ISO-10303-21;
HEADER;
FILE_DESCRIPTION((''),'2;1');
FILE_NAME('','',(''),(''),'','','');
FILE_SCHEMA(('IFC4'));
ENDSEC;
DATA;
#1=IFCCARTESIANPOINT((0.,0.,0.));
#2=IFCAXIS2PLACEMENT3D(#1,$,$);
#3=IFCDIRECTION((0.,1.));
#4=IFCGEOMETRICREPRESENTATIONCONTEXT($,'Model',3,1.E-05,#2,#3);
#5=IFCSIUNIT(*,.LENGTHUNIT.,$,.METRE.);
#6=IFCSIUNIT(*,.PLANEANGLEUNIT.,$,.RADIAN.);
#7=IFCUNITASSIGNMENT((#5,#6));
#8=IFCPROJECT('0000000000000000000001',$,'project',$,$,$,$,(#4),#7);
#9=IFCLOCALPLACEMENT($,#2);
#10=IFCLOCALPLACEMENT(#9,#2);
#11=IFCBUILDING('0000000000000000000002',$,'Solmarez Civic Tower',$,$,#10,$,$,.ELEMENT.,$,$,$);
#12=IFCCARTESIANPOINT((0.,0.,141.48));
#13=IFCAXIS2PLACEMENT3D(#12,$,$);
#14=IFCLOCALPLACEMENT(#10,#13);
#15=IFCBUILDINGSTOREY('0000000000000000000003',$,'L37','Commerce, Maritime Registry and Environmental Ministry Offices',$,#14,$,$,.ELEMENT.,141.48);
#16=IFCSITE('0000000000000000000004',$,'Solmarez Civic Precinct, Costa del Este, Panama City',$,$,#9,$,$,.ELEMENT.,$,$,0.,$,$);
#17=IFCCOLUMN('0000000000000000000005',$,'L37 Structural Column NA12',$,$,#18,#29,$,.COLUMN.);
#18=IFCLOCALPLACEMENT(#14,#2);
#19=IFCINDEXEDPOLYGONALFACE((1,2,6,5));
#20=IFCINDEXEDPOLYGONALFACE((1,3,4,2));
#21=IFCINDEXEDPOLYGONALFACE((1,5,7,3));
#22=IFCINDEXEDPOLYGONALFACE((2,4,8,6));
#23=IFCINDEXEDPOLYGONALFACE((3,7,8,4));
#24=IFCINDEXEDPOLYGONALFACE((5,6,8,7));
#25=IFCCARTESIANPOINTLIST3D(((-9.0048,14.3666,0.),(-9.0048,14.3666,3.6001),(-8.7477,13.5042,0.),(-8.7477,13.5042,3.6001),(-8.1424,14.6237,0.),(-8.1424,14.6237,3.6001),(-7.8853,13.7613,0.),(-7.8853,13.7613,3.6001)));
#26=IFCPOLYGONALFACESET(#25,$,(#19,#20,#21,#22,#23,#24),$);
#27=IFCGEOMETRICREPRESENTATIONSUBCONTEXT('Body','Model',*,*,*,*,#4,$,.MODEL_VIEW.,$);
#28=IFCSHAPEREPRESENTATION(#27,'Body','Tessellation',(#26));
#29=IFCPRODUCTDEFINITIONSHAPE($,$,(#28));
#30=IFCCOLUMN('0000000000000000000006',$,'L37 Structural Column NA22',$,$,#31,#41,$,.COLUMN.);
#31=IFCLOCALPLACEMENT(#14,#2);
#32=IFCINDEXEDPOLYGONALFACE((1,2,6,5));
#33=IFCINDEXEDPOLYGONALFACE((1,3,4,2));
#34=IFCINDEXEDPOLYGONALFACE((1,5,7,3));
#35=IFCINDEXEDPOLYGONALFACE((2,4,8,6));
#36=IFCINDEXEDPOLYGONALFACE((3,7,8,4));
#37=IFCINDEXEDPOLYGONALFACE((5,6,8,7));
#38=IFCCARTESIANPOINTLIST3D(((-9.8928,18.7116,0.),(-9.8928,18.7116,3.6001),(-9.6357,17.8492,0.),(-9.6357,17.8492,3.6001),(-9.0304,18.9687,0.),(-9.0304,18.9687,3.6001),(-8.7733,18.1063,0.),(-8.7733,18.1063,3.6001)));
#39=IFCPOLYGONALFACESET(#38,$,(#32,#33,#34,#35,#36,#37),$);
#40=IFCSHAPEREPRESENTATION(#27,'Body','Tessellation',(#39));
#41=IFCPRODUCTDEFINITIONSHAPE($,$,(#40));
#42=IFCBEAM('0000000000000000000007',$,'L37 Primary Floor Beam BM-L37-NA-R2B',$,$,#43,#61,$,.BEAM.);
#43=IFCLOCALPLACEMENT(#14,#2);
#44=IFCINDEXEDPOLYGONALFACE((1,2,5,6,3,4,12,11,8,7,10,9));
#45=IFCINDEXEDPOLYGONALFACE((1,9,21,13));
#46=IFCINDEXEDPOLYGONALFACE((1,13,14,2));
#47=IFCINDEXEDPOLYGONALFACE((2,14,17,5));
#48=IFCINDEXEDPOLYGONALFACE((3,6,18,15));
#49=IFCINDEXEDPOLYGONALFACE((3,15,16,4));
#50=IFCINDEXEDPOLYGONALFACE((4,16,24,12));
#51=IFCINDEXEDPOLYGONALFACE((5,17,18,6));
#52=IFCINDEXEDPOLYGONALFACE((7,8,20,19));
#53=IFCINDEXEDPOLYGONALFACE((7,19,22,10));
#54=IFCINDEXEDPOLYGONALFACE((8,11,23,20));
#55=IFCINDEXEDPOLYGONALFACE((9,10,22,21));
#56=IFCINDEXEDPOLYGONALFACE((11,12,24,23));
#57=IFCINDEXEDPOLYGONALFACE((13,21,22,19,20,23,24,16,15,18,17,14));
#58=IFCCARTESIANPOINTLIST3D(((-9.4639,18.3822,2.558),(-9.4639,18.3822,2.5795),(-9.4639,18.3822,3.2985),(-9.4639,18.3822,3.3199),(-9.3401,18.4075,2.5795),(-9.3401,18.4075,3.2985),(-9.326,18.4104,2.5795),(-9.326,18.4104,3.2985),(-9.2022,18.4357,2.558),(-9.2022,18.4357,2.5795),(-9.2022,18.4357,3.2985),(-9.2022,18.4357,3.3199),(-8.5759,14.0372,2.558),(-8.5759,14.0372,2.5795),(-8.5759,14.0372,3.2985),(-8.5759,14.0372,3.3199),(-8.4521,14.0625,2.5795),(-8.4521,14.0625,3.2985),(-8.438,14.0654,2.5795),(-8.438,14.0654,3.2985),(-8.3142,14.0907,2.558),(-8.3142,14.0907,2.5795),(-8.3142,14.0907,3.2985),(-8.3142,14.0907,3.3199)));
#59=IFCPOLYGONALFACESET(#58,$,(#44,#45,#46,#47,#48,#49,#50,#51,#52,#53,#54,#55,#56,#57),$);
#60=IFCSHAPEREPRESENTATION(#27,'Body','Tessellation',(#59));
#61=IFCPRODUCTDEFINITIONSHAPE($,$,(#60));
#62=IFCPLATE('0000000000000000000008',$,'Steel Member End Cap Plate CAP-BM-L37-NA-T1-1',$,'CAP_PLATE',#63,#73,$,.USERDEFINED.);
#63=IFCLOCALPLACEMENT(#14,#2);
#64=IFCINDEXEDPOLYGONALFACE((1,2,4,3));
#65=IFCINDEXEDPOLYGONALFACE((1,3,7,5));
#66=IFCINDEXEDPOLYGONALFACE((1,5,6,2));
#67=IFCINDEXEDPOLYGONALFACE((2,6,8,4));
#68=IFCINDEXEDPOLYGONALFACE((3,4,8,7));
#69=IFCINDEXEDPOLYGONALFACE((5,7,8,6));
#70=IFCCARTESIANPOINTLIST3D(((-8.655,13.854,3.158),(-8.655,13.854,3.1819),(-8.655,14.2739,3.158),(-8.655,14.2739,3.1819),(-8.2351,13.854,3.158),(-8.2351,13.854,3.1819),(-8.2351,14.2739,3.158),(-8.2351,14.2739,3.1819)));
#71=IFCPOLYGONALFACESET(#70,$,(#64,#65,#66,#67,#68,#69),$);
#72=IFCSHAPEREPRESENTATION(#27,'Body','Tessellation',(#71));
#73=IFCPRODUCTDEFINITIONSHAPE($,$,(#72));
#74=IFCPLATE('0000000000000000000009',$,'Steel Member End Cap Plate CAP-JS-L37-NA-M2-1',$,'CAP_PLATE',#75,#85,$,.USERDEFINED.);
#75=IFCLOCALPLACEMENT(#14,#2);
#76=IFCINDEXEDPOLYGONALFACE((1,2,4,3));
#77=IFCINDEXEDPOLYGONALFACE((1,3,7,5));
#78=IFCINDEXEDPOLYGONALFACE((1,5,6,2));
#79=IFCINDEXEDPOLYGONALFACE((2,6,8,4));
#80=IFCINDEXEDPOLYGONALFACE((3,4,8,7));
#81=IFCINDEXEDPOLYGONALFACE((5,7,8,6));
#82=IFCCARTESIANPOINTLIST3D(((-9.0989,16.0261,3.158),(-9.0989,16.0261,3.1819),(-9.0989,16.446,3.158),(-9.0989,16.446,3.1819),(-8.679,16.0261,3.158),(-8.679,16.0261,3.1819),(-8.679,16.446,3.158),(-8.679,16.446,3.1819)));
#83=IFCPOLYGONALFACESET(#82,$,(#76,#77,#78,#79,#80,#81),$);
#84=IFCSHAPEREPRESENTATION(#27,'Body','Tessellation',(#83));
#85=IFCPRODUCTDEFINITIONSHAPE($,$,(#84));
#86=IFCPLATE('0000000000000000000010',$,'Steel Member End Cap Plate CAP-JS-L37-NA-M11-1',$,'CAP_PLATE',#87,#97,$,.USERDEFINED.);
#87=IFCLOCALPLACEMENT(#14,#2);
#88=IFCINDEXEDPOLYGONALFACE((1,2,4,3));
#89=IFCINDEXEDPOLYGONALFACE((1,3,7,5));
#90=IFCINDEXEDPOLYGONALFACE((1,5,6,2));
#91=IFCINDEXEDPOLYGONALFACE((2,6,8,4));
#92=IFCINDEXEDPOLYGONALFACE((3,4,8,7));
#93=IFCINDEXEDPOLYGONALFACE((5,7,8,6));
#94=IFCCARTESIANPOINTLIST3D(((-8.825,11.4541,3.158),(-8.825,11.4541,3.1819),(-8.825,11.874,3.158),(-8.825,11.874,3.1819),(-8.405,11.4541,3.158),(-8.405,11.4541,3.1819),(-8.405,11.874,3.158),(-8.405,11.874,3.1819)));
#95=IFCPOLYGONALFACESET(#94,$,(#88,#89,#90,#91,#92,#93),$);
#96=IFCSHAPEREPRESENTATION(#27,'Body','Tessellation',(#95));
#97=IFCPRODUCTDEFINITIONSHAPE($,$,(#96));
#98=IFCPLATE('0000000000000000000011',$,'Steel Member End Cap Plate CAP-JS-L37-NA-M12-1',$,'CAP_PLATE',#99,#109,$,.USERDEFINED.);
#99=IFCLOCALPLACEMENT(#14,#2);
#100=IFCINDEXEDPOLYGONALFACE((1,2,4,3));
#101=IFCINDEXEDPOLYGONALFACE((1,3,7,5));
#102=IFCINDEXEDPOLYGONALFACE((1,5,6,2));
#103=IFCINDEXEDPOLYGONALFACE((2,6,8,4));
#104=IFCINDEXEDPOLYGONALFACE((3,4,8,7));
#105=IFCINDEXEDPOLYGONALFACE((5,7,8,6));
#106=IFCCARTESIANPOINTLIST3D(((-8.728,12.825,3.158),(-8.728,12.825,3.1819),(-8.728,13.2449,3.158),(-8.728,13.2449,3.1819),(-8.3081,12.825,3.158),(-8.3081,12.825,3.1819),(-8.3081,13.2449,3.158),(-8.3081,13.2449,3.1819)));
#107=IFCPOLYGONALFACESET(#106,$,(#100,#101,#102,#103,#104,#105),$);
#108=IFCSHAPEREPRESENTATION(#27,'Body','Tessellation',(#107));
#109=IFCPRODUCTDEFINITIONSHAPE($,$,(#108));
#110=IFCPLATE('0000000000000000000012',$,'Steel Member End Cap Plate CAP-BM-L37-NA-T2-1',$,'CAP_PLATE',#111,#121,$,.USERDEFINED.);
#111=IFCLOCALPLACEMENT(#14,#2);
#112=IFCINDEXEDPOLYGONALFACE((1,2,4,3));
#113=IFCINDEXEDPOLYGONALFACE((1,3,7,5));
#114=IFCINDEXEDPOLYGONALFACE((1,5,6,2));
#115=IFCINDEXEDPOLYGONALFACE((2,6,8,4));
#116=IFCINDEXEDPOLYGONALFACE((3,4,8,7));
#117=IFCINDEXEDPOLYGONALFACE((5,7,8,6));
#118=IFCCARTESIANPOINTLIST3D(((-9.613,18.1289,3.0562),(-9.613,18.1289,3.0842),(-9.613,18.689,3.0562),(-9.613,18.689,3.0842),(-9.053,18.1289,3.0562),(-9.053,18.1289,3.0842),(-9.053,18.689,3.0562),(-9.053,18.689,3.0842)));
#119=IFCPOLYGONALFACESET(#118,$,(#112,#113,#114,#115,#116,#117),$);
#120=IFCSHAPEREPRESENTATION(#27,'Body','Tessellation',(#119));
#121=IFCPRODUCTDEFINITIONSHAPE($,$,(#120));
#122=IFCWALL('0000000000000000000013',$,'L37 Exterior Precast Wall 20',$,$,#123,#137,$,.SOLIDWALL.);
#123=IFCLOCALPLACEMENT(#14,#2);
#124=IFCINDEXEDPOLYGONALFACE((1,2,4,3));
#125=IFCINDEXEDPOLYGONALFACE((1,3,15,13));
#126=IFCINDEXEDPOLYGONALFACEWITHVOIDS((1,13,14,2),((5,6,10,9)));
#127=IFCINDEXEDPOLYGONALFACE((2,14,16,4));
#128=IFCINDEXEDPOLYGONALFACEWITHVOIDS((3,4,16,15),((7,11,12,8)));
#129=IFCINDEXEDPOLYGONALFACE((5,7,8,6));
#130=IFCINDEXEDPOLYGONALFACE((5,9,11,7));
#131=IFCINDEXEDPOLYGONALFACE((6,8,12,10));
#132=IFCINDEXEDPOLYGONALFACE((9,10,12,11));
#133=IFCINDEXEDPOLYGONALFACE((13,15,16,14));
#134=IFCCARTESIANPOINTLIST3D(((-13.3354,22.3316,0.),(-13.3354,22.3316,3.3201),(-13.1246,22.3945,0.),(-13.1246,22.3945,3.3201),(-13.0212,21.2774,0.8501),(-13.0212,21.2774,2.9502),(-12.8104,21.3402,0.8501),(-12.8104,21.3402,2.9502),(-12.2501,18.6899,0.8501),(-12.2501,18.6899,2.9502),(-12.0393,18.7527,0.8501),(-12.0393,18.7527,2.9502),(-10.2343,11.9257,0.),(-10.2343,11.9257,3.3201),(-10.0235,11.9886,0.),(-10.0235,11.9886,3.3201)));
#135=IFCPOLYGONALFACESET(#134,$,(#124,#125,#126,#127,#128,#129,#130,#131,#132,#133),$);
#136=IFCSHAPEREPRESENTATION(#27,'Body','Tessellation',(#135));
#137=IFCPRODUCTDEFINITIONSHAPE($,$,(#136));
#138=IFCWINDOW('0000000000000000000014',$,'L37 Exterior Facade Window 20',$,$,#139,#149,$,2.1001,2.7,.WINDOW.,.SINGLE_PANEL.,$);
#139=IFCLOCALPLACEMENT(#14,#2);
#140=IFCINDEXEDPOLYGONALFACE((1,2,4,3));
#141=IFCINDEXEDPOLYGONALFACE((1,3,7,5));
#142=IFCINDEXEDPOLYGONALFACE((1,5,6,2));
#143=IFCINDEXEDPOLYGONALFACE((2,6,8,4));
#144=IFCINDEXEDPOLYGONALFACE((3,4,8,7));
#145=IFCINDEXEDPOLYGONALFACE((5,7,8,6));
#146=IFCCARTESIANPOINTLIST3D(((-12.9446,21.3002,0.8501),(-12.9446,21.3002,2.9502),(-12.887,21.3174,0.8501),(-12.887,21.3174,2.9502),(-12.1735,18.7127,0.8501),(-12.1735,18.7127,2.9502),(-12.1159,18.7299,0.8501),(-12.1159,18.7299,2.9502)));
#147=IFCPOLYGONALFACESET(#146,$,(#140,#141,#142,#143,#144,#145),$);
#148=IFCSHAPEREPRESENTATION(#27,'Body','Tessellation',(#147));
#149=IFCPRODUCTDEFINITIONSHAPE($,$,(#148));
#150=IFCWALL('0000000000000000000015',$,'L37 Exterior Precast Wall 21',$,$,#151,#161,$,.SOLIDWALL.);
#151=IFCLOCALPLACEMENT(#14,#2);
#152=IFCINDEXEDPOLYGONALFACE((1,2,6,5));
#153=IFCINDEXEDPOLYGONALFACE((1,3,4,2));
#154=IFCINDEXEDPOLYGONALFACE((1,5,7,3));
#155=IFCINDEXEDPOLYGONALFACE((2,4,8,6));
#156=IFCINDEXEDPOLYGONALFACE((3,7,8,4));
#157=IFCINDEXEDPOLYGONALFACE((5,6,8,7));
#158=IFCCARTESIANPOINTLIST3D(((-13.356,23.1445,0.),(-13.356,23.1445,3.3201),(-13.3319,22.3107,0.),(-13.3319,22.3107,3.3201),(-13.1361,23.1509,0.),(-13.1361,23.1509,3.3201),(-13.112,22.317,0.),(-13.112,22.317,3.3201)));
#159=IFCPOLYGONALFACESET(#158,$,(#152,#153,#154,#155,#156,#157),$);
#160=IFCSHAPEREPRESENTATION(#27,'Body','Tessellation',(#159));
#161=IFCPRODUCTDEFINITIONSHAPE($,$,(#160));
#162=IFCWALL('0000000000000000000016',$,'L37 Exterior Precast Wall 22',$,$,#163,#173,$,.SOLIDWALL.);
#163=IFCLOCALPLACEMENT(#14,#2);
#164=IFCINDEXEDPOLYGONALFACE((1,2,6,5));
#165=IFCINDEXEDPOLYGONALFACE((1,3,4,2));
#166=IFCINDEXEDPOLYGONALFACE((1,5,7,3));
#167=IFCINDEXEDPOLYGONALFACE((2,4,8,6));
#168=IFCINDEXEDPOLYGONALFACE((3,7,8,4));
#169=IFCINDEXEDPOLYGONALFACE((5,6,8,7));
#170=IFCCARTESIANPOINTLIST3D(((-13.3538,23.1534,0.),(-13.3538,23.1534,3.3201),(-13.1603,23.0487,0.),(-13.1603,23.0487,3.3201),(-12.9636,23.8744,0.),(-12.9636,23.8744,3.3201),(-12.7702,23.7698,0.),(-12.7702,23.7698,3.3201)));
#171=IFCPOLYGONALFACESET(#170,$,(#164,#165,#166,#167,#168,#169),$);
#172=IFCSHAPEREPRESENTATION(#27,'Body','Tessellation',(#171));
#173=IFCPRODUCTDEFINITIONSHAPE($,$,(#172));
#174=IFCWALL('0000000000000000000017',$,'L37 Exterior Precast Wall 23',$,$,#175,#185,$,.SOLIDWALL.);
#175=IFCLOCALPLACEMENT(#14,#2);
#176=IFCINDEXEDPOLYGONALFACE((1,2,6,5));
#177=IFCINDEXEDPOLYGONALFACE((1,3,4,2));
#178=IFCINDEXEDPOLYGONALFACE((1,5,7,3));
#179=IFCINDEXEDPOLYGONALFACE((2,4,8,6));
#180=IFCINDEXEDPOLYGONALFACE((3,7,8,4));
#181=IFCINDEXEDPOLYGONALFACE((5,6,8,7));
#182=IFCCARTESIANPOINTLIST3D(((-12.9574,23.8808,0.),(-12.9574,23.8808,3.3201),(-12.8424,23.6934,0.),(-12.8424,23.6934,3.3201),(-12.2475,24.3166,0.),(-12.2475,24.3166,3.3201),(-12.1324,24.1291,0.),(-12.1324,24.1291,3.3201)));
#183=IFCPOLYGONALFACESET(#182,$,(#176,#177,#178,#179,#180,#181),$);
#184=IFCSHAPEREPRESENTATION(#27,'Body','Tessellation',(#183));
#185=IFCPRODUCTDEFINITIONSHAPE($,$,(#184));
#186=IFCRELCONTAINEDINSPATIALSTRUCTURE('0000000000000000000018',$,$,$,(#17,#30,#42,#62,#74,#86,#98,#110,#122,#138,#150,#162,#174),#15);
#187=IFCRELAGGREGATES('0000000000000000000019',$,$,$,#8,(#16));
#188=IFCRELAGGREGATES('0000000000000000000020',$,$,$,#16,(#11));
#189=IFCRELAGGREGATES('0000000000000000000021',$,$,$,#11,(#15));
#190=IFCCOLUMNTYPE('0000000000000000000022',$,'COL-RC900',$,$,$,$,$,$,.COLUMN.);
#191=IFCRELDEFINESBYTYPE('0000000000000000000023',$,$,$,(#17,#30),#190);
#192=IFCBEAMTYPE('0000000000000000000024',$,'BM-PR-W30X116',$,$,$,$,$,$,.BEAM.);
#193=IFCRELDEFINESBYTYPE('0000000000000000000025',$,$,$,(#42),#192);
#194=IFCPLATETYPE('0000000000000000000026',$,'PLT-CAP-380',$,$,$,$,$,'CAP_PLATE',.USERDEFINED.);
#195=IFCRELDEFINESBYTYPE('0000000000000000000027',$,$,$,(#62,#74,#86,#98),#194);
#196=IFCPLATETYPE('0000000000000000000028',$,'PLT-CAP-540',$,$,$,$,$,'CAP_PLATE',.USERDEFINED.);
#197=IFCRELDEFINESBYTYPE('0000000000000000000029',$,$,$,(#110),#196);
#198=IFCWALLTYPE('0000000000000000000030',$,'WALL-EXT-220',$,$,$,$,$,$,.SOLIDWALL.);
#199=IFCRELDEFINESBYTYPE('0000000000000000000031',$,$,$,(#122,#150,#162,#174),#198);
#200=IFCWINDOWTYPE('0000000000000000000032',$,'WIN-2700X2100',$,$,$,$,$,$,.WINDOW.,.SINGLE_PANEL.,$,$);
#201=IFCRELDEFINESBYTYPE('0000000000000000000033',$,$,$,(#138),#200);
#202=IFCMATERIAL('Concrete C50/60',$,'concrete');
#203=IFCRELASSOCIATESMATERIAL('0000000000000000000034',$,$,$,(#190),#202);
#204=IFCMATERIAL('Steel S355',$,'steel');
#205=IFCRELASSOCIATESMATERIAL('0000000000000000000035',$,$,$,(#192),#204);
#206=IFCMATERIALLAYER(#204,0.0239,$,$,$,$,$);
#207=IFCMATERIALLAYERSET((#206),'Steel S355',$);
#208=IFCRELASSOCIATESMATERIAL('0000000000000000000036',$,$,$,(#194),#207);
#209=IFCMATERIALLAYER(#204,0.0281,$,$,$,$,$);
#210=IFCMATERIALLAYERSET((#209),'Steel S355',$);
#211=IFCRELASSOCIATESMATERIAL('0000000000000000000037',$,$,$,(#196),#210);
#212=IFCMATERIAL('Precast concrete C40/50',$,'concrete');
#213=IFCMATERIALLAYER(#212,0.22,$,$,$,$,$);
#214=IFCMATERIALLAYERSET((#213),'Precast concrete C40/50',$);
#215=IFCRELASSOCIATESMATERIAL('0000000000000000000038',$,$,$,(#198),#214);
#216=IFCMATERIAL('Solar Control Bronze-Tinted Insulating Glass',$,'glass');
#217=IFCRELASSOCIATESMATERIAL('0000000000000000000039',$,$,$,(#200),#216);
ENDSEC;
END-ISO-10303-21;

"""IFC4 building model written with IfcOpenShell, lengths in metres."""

from ifc_helpers import new_model, si_unit, direction, frame, frame_2d, origin, origin_2d, place, context, subcontext, project, spatial, rectangle, i_section, extrude, material, layer, layer_set, material_profile, profile_set, type_object, element, fill, save


model = new_model("IFC4")

# Units and contexts
model_context = context("Model", 3, precision=1e-05, world=origin(), true_north=direction((0.0, 1.0)))
body_context = subcontext(model_context, "Body", "Model", "MODEL_VIEW")
ifc_project = project(units=[si_unit("LENGTHUNIT", "METRE"), si_unit("PLANEANGLEUNIT", "RADIAN")], contexts=[model_context])

# Site, building, storey
site_placement = place(None, origin())
site = spatial("IfcSite", under=ifc_project, at=site_placement, Name="Solmarez Civic Precinct, Costa del Este, Panama City", CompositionType="ELEMENT", RefElevation=0.0)
building_placement = place(site_placement, origin())
building = spatial("IfcBuilding", under=site, at=building_placement, Name="Solmarez Civic Tower", CompositionType="ELEMENT")
storey_placement = place(building_placement, frame((0.0, 0.0, 141.48)))
storey = spatial("IfcBuildingStorey", under=building, at=storey_placement, Name="L37", Description="Commerce, Maritime Registry and Environmental Ministry Offices", CompositionType="ELEMENT", Elevation=141.48)

# Columns
ifc_material_1 = material(Name="Concrete C50/60", Category="concrete")
ifc_material_profile_1 = material_profile(ifc_material_1, rectangle(XDim=0.8999, YDim=0.8999, at=origin_2d()), Name="RC900X900")
ifc_profile_set_1 = profile_set([ifc_material_profile_1], Name="Concrete C50/60")
column_type = type_object("IfcColumnType", Name="COL-RC900", PredefinedType="COLUMN", material=ifc_profile_set_1)
for number, where, z_axis, x_axis, name in (
    (1, (-8.4451, 14.064, 0.0), (0.0, 0.0, 1.0), (0.958323, 0.285688, 0.0), "L37 Structural Column NA12"),
    (2, (-9.333, 18.4089, 0.0), (0.0, 0.0, 1.0), (0.958323, 0.285688, 0.0), "L37 Structural Column NA22"),
):
    element("IfcColumn", number, at=place(storey_placement, frame(where, z_axis=z_axis, x_axis=x_axis)), inside=storey, type_object=column_type, Name=name, PredefinedType="COLUMN", context=body_context, shape_type="SweptSolid", body=[
        extrude(rectangle(XDim=0.8999, YDim=0.8999, at=origin_2d()), origin(), (0.0, 0.0, 1.0), 3.6001),
    ])

# Beam
ifc_material_2 = material(Name="Steel S355", Category="steel")
ifc_material_profile_2 = material_profile(ifc_material_2, i_section(OverallWidth=0.2671, OverallDepth=0.762, WebThickness=0.0144, FlangeThickness=0.0215, at=origin_2d()), Name="W30X116")
ifc_profile_set_2 = profile_set([ifc_material_profile_2], Name="Steel S355")
beam_type = type_object("IfcBeamType", Name="BM-PR-W30X116", PredefinedType="BEAM", material=ifc_profile_set_2)
beam_placement = place(storey_placement, frame((-8.4451, 14.064, 2.939), z_axis=(-0.200222, 0.979751, 0.0), x_axis=(-0.979751, -0.200222, 0.0)))
element("IfcBeam", 3, at=beam_placement, inside=storey, type_object=beam_type, Name="L37 Primary Floor Beam BM-L37-NA-R2B", PredefinedType="BEAM", context=body_context, shape_type="SweptSolid", body=[
    extrude(i_section(OverallWidth=0.2671, OverallDepth=0.762, WebThickness=0.0144, FlangeThickness=0.0215, at=origin_2d()), origin(), (0.0, 0.0, 1.0), 4.4348),
])

# Plates
ifc_layer_1 = layer(ifc_material_2, 0.0239)
ifc_layer_set_1 = layer_set([ifc_layer_1], Name="Steel S355")
plate_type_1 = type_object("IfcPlateType", Name="PLT-CAP-380", ElementType="CAP_PLATE", PredefinedType="USERDEFINED", material=ifc_layer_set_1)
for number, where, z_axis, x_axis, name in (
    (4, (-8.4451, 14.064, 3.158), (0.0, 0.0, 1.0), (1.0, 0.0, 0.0), "Steel Member End Cap Plate CAP-BM-L37-NA-T1-1"),
    (5, (-8.8889, 16.2361, 3.158), (0.0, 0.0, 1.0), (1.0, 0.0, 0.0), "Steel Member End Cap Plate CAP-JS-L37-NA-M2-1"),
    (6, (-8.615, 11.6641, 3.158), (0.0, 0.0, 1.0), (1.0, 0.0, 0.0), "Steel Member End Cap Plate CAP-JS-L37-NA-M11-1"),
    (7, (-8.5181, 13.0349, 3.158), (0.0, 0.0, 1.0), (1.0, 0.0, 0.0), "Steel Member End Cap Plate CAP-JS-L37-NA-M12-1"),
):
    element("IfcPlate", number, at=place(storey_placement, frame(where, z_axis=z_axis, x_axis=x_axis)), inside=storey, type_object=plate_type_1, Name=name, ObjectType="CAP_PLATE", PredefinedType="USERDEFINED", context=body_context, shape_type="SweptSolid", body=[
        extrude(rectangle(XDim=0.4199, YDim=0.4199, at=origin_2d()), origin(), (0.0, 0.0, 1.0), 0.0239),
    ])
ifc_layer_2 = layer(ifc_material_2, 0.0281)
ifc_layer_set_2 = layer_set([ifc_layer_2], Name="Steel S355")
plate_type_2 = type_object("IfcPlateType", Name="PLT-CAP-540", ElementType="CAP_PLATE", PredefinedType="USERDEFINED", material=ifc_layer_set_2)
plate_placement = place(storey_placement, frame((-9.333, 18.4089, 3.0562), z_axis=(0.0, 0.0, 1.0), x_axis=(1.0, 0.0, 0.0)))
element("IfcPlate", 8, at=plate_placement, inside=storey, type_object=plate_type_2, Name="Steel Member End Cap Plate CAP-BM-L37-NA-T2-1", ObjectType="CAP_PLATE", PredefinedType="USERDEFINED", context=body_context, shape_type="SweptSolid", body=[
    extrude(rectangle(XDim=0.5601, YDim=0.5601, at=origin_2d()), origin(), (0.0, 0.0, 1.0), 0.0281),
])

# Wall, opening, window
ifc_material_3 = material(Name="Precast concrete C40/50", Category="concrete")
ifc_layer_3 = layer(ifc_material_3, 0.22)
ifc_layer_set_3 = layer_set([ifc_layer_3], Name="Precast concrete C40/50")
wall_type_1 = type_object("IfcWallType", Name="WALL-EXT-220", PredefinedType="SOLIDWALL", material=ifc_layer_set_3)
wall_1_placement = place(storey_placement, frame((-10.1289, 11.957, 0.0), z_axis=(0.0, 0.0, 1.0), x_axis=(-0.285596, 0.95835, 0.0)))
wall_1 = element("IfcWall", 9, at=wall_1_placement, inside=storey, type_object=wall_type_1, Name="L37 Exterior Precast Wall 20", PredefinedType="SOLIDWALL", context=body_context, shape_type="SweptSolid", body=[
    extrude(rectangle(XDim=10.8582, YDim=0.22, at=frame_2d((5.4292, 0.0))), origin(), (0.0, 0.0, 1.0), 3.3201),
])
opening_1_placement = place(wall_1_placement, frame((7.0581, 0.0, 0.8501)))
opening_1 = element("IfcOpeningElement", 10, at=opening_1_placement, cuts=wall_1, PredefinedType="OPENING", context=body_context, shape_type="SweptSolid", body=[
    extrude(rectangle(XDim=2.7, YDim=2.1001, at=frame_2d((1.3501, 1.05))), frame((0.0, 0.1199, 0.0), z_axis=(0.0, -1.0, 0.0), x_axis=(1.0, 0.0, 0.0)), (0.0, 0.0, 1.0), 0.24),
])
ifc_material_4 = material(Name="Solar Control Bronze-Tinted Insulating Glass", Category="glass")
window_type_1 = type_object("IfcWindowType", Name="WIN-2700X2100", PartitioningType="SINGLE_PANEL", PredefinedType="WINDOW", material=ifc_material_4)
window_1_placement = place(opening_1_placement, origin())
window_1 = element("IfcWindow", 11, at=window_1_placement, inside=storey, type_object=window_type_1, Name="L37 Exterior Facade Window 20", OverallHeight=2.1001, OverallWidth=2.7, PartitioningType="SINGLE_PANEL", PredefinedType="WINDOW", context=body_context, shape_type="SweptSolid", body=[
    extrude(rectangle(XDim=2.7, YDim=2.1001, at=frame_2d((1.3501, 1.05))), frame((0.0, 0.03, 0.0), z_axis=(0.0, -1.0, 0.0), x_axis=(1.0, 0.0, 0.0)), (0.0, 0.0, 1.0), 0.0601),
])
fill(opening_1, window_1)

# Walls
wall_2_placement = place(storey_placement, frame((-13.2219, 22.314, 0.0), z_axis=(0.0, 0.0, 1.0), x_axis=(-0.028969, 0.99958, 0.0)))
element("IfcWall", 12, at=wall_2_placement, inside=storey, type_object=wall_type_1, Name="L37 Exterior Precast Wall 21", PredefinedType="SOLIDWALL", context=body_context, shape_type="SweptSolid", body=[
    extrude(rectangle(XDim=0.8342, YDim=0.22, at=frame_2d((0.417, 0.0))), origin(), (0.0, 0.0, 1.0), 3.3201),
])
wall_3_placement = place(storey_placement, frame((-13.2571, 23.1011, 0.0), z_axis=(0.0, 0.0, 1.0), x_axis=(0.475928, 0.879484, 0.0)))
element("IfcWall", 13, at=wall_3_placement, inside=storey, type_object=wall_type_1, Name="L37 Exterior Precast Wall 22", PredefinedType="SOLIDWALL", context=body_context, shape_type="SweptSolid", body=[
    extrude(rectangle(XDim=0.8198, YDim=0.22, at=frame_2d((0.4099, 0.0))), origin(), (0.0, 0.0, 1.0), 3.3201),
])
wall_4_placement = place(storey_placement, frame((-12.8999, 23.7871, 0.0), z_axis=(0.0, 0.0, 1.0), x_axis=(0.852251, 0.523132, 0.0)))
element("IfcWall", 14, at=wall_4_placement, inside=storey, type_object=wall_type_1, Name="L37 Exterior Precast Wall 23", PredefinedType="SOLIDWALL", context=body_context, shape_type="SweptSolid", body=[
    extrude(rectangle(XDim=0.833, YDim=0.22, at=frame_2d((0.4165, 0.0))), origin(), (0.0, 0.0, 1.0), 3.3201),
])

save(model, "model.ifc")
